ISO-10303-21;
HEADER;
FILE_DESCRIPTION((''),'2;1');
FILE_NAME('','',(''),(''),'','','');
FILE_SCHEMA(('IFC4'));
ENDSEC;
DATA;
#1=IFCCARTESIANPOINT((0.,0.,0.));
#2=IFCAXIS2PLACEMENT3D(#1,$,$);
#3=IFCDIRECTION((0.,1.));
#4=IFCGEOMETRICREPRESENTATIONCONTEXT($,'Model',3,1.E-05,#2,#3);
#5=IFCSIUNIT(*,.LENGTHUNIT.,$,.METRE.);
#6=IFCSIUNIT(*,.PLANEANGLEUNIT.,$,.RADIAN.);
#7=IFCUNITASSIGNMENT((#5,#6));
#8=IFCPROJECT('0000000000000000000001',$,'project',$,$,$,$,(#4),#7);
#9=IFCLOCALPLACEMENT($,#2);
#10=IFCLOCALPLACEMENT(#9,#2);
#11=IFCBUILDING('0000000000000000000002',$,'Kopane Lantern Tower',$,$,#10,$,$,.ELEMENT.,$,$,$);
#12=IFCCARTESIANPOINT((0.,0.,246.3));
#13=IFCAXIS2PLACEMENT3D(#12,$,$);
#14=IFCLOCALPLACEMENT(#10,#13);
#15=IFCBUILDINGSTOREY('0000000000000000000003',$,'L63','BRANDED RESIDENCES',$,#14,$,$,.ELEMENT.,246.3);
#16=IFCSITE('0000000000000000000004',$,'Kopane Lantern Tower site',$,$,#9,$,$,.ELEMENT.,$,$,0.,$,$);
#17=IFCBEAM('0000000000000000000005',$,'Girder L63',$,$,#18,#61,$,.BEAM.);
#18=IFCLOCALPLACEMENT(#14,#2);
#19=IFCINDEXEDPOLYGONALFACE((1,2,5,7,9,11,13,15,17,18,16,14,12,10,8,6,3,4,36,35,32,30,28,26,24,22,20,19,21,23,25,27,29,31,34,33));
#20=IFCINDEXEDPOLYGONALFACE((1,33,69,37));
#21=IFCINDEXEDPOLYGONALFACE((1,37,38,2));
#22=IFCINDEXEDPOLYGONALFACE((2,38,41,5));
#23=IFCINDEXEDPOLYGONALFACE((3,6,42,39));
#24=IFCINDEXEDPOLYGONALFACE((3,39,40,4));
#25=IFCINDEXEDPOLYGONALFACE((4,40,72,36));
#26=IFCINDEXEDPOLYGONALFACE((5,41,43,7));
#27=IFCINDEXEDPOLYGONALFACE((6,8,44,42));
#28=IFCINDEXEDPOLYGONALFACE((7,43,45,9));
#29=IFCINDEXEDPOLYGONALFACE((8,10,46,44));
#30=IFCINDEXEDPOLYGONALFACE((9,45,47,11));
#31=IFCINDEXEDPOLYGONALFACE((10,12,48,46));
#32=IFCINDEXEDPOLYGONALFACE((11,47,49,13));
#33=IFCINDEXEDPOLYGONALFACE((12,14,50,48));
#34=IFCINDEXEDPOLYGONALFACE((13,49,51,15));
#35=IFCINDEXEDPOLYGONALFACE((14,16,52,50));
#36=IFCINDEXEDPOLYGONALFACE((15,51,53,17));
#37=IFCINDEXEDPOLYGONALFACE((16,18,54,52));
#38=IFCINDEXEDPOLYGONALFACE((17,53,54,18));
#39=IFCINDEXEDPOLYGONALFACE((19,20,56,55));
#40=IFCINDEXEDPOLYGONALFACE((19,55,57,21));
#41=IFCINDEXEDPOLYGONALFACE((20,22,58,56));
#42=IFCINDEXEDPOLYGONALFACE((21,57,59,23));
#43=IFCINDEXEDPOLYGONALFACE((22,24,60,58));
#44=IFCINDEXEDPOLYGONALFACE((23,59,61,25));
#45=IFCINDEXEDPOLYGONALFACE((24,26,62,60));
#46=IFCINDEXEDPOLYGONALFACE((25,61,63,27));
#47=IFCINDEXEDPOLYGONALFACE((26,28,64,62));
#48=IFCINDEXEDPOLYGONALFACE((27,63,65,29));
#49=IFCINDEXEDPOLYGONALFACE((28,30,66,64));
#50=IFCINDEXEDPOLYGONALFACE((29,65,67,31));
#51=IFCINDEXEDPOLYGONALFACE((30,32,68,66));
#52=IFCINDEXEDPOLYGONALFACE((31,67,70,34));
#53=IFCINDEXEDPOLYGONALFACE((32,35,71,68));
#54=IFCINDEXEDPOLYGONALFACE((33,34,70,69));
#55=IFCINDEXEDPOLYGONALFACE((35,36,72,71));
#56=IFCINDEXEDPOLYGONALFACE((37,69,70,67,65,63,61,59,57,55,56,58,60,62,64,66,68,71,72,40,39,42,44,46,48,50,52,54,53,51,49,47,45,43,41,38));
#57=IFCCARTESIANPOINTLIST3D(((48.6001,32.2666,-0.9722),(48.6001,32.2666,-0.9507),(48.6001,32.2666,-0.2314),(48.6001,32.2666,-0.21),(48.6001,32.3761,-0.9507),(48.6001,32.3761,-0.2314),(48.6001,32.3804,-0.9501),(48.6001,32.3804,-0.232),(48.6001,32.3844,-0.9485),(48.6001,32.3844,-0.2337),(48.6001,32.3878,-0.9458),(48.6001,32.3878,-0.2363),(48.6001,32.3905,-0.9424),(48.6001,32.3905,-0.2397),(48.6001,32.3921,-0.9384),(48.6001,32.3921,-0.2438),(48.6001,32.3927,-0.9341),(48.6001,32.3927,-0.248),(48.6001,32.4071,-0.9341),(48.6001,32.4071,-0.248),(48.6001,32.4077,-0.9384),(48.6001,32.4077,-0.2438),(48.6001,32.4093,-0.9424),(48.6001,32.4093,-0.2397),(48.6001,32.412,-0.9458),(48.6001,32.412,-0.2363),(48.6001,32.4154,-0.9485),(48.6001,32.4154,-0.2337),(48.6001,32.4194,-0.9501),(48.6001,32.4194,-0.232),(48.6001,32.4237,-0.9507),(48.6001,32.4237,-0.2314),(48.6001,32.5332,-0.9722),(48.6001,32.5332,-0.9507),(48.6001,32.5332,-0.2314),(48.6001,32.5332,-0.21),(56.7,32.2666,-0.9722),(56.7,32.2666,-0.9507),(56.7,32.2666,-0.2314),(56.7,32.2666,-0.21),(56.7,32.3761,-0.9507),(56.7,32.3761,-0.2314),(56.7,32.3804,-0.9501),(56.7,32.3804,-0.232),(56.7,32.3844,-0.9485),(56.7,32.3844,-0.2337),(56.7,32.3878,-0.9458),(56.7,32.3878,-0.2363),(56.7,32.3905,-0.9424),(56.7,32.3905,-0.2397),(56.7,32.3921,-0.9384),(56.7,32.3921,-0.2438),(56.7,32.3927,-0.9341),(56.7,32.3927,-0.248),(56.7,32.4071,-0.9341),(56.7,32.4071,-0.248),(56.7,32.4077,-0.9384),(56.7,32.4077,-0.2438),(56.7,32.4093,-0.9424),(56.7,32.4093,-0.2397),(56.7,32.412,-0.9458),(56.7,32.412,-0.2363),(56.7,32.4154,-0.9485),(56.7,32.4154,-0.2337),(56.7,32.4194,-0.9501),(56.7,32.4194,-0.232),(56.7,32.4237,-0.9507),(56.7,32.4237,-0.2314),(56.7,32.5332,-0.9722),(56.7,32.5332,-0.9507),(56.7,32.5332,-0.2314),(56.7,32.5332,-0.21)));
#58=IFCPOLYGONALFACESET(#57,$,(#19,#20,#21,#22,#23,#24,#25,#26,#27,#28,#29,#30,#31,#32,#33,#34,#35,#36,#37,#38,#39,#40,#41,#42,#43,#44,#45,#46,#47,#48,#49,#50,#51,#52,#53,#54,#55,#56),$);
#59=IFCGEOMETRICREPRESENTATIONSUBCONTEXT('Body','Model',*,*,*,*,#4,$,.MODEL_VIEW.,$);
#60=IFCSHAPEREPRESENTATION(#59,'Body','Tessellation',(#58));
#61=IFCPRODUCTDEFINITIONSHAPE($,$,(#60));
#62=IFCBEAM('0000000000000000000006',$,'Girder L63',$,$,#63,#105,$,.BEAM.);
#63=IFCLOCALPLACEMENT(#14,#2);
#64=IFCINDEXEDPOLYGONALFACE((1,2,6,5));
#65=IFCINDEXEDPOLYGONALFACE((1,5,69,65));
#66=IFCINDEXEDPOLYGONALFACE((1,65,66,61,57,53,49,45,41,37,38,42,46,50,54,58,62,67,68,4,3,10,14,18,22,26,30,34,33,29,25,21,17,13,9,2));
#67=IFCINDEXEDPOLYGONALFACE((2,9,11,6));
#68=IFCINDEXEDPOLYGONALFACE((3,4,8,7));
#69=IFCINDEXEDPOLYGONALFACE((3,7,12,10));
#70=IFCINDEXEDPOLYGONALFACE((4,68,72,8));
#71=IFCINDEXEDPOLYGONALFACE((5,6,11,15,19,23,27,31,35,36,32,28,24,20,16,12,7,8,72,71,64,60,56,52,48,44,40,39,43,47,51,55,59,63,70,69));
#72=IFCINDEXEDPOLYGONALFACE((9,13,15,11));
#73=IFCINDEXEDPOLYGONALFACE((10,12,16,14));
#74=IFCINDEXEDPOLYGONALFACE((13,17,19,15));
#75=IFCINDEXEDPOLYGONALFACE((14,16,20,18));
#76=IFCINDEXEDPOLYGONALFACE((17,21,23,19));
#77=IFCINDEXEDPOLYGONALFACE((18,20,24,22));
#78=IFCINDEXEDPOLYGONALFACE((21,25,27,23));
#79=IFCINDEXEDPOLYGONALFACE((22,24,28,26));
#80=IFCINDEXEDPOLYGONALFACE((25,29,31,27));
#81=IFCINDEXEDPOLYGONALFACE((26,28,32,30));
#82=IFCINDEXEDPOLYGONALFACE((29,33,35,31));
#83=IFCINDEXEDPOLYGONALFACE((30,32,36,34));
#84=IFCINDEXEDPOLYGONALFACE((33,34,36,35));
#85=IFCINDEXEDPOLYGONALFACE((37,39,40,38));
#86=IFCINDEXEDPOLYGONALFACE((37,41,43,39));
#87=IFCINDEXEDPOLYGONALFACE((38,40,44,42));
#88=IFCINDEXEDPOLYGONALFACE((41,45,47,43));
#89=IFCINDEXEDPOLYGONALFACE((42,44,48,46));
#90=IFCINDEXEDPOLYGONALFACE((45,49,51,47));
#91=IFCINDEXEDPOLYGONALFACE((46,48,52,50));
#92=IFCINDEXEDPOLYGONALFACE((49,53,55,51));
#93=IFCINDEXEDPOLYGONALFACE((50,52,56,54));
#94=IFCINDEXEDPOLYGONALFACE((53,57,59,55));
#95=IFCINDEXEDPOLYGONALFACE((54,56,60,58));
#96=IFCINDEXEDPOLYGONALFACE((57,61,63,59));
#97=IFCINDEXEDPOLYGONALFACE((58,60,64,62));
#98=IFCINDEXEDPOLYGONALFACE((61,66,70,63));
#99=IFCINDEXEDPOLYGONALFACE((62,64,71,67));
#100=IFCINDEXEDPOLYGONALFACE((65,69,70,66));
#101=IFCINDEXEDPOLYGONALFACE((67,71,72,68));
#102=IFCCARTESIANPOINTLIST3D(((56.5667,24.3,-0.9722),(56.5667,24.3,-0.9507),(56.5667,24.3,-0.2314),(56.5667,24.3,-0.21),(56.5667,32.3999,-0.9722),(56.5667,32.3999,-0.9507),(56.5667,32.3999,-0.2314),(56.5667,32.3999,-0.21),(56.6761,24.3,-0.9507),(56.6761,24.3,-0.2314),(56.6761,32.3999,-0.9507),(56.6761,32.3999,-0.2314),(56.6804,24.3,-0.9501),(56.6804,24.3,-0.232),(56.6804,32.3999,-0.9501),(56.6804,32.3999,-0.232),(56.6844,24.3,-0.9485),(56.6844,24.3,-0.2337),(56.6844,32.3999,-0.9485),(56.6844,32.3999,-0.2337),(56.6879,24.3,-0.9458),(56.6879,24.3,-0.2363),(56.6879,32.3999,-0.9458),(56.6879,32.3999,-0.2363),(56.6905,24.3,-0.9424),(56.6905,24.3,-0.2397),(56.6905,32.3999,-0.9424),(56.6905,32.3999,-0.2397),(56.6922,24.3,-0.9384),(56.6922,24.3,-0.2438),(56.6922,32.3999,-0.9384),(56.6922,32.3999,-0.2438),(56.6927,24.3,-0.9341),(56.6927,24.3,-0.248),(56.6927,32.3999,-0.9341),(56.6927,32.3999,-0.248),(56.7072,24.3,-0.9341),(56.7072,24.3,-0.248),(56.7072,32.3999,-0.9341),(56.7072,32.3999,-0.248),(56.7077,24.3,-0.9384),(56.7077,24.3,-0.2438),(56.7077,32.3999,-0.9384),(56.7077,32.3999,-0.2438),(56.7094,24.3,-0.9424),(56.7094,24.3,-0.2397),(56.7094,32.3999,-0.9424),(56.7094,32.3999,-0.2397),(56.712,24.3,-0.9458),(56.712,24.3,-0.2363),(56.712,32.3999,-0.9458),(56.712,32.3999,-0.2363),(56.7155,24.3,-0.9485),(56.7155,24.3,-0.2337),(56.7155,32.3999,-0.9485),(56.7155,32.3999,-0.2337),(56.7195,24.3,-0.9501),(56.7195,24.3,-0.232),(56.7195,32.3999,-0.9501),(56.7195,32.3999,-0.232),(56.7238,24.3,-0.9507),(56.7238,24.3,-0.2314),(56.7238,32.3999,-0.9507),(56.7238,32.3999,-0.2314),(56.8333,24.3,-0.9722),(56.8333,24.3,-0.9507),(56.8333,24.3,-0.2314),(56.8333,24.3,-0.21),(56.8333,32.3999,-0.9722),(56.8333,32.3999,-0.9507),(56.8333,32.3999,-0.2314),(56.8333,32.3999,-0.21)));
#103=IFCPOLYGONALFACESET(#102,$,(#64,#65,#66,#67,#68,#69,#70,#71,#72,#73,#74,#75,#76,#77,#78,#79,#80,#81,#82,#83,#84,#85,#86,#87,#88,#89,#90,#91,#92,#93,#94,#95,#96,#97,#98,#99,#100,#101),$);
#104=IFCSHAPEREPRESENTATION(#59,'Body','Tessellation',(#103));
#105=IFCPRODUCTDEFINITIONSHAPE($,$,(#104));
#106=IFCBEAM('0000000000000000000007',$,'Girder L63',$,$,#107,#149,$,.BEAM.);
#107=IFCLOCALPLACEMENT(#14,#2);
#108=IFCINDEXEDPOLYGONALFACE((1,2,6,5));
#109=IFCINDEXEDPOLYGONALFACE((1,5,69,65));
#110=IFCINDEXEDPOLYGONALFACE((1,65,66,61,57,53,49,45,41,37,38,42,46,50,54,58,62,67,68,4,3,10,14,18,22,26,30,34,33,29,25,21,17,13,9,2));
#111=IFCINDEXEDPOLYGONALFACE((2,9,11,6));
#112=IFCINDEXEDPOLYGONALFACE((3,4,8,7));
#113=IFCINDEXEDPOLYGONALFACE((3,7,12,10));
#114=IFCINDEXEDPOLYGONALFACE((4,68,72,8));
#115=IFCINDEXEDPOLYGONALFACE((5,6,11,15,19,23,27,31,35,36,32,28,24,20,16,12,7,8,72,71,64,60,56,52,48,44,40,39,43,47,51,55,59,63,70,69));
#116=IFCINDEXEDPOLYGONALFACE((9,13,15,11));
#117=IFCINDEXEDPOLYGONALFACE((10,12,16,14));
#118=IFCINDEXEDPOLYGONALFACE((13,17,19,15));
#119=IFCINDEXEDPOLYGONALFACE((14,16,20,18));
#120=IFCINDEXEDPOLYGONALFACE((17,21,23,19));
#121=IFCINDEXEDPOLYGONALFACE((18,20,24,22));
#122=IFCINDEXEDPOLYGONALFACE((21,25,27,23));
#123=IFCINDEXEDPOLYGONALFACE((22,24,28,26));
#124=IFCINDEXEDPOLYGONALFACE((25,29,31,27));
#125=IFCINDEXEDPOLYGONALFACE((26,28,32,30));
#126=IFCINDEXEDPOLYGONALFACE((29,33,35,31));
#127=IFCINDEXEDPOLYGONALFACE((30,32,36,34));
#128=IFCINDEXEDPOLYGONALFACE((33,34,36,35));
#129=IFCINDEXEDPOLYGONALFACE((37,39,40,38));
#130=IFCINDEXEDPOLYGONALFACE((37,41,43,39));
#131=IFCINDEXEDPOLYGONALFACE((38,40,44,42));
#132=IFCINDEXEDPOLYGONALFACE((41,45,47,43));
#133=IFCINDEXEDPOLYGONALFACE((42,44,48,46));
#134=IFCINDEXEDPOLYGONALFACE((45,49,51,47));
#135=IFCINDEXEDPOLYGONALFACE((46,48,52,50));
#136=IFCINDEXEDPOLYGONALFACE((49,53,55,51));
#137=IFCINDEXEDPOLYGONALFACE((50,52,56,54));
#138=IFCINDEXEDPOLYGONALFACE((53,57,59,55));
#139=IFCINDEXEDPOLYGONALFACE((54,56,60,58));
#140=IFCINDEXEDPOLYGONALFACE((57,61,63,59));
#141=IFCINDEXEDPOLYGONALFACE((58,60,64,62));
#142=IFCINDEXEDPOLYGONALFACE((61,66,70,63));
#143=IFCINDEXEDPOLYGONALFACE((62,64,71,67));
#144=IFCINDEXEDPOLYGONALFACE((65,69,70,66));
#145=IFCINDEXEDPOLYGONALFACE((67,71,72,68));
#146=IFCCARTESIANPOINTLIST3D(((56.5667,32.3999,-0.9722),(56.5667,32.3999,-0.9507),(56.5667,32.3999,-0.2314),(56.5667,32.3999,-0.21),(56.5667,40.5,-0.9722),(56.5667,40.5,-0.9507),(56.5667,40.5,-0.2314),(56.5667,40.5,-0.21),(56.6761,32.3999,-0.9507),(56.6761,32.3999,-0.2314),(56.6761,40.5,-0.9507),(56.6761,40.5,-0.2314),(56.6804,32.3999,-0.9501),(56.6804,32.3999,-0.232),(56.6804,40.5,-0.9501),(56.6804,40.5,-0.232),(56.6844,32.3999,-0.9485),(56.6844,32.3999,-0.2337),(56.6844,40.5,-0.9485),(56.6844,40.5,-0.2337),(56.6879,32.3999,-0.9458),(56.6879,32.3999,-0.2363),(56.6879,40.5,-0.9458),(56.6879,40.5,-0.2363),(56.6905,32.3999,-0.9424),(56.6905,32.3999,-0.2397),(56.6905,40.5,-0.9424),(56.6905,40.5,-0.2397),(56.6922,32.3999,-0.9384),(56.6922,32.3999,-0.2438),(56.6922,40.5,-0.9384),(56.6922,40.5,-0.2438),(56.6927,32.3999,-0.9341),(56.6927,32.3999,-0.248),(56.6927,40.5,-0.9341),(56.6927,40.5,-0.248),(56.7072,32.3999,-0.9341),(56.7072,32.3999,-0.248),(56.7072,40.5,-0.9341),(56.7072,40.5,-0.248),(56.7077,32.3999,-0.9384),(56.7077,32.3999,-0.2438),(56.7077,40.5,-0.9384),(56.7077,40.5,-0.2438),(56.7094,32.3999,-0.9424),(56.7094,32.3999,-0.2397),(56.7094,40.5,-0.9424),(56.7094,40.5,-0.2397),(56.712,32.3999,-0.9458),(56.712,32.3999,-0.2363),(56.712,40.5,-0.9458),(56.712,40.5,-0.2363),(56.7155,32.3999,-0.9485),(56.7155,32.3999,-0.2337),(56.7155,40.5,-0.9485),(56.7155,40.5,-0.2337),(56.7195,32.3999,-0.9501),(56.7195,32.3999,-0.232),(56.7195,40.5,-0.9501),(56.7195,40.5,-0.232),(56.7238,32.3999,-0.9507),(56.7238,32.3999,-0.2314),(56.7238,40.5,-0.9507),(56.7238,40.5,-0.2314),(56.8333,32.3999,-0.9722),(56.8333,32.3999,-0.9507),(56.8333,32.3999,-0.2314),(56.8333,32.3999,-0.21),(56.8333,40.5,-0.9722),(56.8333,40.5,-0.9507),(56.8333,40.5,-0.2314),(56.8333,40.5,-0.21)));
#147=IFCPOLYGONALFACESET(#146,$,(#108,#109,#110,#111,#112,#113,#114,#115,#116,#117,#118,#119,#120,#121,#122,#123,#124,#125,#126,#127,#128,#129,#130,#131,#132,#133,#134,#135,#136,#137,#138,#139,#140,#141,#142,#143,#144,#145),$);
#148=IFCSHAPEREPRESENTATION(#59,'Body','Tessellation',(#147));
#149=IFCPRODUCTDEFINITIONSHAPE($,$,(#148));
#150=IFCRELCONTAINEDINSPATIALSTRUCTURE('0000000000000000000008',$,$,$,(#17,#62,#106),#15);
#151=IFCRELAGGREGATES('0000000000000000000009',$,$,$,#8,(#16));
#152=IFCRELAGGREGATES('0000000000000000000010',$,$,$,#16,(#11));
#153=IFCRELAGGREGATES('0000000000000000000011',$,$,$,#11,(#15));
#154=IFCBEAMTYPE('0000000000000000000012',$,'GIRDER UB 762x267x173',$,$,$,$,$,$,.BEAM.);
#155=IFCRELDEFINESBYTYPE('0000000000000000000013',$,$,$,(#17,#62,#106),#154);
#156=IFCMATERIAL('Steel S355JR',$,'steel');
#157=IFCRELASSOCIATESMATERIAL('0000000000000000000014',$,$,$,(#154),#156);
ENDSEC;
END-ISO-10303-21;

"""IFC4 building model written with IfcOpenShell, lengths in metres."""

from ifc_helpers import new_model, si_unit, direction, frame, origin, origin_2d, place, context, subcontext, project, spatial, i_section, extrude, material, material_profile, profile_set, type_object, element, save


model = new_model("IFC4")

# Units and contexts
model_context = context("Model", 3, precision=1e-05, world=origin(), true_north=direction((0.0, 1.0)))
body_context = subcontext(model_context, "Body", "Model", "MODEL_VIEW")
ifc_project = project(units=[si_unit("LENGTHUNIT", "METRE"), si_unit("PLANEANGLEUNIT", "RADIAN")], contexts=[model_context])

# Site, building, storey
site_placement = place(None, origin())
site = spatial("IfcSite", under=ifc_project, at=site_placement, Name="Kopane Lantern Tower site", CompositionType="ELEMENT", RefElevation=0.0)
building_placement = place(site_placement, origin())
building = spatial("IfcBuilding", under=site, at=building_placement, Name="Kopane Lantern Tower", CompositionType="ELEMENT")
storey_placement = place(building_placement, frame((0.0, 0.0, 246.3)))
storey = spatial("IfcBuildingStorey", under=building, at=storey_placement, Name="L63", Description="BRANDED RESIDENCES", CompositionType="ELEMENT", Elevation=246.3)

# Beams
ifc_material_1 = material(Name="Steel S355JR", Category="steel")
ifc_material_profile_1 = material_profile(ifc_material_1, i_section(OverallWidth=0.2666, OverallDepth=0.7622, WebThickness=0.0144, FlangeThickness=0.0215, FilletRadius=0.0166, at=origin_2d()), Name="UB 762x267x173")
ifc_profile_set_1 = profile_set([ifc_material_profile_1], Name="Steel S355JR")
beam_type = type_object("IfcBeamType", Name="GIRDER UB 762x267x173", PredefinedType="BEAM", material=ifc_profile_set_1)
for number, where, z_axis, x_axis, name in (
    (1, (48.6001, 32.3999, -0.5911), (1.0, 0.0, 0.0), (0.0, 1.0, 0.0), "Girder L63"),
    (2, (56.7, 24.3, -0.5911), (0.0, 1.0, 0.0), (-1.0, 0.0, 0.0), "Girder L63"),
):
    element("IfcBeam", number, at=place(storey_placement, frame(where, z_axis=z_axis, x_axis=x_axis)), inside=storey, type_object=beam_type, Name=name, PredefinedType="BEAM", context=body_context, shape_type="SweptSolid", body=[
        extrude(i_section(OverallWidth=0.2666, OverallDepth=0.7622, WebThickness=0.0144, FlangeThickness=0.0215, FilletRadius=0.0166, at=origin_2d()), origin(), (0.0, 0.0, 1.0), 8.0999),
    ])
beam_1_placement = place(storey_placement, frame((56.7, 32.3999, -0.5911), z_axis=(0.0, 1.0, 0.0), x_axis=(-1.0, 0.0, 0.0)))
element("IfcBeam", 3, at=beam_1_placement, inside=storey, type_object=beam_type, Name="Girder L63", PredefinedType="BEAM", context=body_context, shape_type="SweptSolid", body=[
    extrude(i_section(OverallWidth=0.2666, OverallDepth=0.7622, WebThickness=0.0144, FlangeThickness=0.0215, FilletRadius=0.0166, at=origin_2d()), origin(), (0.0, 0.0, 1.0), 8.1001),
])

save(model, "model.ifc")
